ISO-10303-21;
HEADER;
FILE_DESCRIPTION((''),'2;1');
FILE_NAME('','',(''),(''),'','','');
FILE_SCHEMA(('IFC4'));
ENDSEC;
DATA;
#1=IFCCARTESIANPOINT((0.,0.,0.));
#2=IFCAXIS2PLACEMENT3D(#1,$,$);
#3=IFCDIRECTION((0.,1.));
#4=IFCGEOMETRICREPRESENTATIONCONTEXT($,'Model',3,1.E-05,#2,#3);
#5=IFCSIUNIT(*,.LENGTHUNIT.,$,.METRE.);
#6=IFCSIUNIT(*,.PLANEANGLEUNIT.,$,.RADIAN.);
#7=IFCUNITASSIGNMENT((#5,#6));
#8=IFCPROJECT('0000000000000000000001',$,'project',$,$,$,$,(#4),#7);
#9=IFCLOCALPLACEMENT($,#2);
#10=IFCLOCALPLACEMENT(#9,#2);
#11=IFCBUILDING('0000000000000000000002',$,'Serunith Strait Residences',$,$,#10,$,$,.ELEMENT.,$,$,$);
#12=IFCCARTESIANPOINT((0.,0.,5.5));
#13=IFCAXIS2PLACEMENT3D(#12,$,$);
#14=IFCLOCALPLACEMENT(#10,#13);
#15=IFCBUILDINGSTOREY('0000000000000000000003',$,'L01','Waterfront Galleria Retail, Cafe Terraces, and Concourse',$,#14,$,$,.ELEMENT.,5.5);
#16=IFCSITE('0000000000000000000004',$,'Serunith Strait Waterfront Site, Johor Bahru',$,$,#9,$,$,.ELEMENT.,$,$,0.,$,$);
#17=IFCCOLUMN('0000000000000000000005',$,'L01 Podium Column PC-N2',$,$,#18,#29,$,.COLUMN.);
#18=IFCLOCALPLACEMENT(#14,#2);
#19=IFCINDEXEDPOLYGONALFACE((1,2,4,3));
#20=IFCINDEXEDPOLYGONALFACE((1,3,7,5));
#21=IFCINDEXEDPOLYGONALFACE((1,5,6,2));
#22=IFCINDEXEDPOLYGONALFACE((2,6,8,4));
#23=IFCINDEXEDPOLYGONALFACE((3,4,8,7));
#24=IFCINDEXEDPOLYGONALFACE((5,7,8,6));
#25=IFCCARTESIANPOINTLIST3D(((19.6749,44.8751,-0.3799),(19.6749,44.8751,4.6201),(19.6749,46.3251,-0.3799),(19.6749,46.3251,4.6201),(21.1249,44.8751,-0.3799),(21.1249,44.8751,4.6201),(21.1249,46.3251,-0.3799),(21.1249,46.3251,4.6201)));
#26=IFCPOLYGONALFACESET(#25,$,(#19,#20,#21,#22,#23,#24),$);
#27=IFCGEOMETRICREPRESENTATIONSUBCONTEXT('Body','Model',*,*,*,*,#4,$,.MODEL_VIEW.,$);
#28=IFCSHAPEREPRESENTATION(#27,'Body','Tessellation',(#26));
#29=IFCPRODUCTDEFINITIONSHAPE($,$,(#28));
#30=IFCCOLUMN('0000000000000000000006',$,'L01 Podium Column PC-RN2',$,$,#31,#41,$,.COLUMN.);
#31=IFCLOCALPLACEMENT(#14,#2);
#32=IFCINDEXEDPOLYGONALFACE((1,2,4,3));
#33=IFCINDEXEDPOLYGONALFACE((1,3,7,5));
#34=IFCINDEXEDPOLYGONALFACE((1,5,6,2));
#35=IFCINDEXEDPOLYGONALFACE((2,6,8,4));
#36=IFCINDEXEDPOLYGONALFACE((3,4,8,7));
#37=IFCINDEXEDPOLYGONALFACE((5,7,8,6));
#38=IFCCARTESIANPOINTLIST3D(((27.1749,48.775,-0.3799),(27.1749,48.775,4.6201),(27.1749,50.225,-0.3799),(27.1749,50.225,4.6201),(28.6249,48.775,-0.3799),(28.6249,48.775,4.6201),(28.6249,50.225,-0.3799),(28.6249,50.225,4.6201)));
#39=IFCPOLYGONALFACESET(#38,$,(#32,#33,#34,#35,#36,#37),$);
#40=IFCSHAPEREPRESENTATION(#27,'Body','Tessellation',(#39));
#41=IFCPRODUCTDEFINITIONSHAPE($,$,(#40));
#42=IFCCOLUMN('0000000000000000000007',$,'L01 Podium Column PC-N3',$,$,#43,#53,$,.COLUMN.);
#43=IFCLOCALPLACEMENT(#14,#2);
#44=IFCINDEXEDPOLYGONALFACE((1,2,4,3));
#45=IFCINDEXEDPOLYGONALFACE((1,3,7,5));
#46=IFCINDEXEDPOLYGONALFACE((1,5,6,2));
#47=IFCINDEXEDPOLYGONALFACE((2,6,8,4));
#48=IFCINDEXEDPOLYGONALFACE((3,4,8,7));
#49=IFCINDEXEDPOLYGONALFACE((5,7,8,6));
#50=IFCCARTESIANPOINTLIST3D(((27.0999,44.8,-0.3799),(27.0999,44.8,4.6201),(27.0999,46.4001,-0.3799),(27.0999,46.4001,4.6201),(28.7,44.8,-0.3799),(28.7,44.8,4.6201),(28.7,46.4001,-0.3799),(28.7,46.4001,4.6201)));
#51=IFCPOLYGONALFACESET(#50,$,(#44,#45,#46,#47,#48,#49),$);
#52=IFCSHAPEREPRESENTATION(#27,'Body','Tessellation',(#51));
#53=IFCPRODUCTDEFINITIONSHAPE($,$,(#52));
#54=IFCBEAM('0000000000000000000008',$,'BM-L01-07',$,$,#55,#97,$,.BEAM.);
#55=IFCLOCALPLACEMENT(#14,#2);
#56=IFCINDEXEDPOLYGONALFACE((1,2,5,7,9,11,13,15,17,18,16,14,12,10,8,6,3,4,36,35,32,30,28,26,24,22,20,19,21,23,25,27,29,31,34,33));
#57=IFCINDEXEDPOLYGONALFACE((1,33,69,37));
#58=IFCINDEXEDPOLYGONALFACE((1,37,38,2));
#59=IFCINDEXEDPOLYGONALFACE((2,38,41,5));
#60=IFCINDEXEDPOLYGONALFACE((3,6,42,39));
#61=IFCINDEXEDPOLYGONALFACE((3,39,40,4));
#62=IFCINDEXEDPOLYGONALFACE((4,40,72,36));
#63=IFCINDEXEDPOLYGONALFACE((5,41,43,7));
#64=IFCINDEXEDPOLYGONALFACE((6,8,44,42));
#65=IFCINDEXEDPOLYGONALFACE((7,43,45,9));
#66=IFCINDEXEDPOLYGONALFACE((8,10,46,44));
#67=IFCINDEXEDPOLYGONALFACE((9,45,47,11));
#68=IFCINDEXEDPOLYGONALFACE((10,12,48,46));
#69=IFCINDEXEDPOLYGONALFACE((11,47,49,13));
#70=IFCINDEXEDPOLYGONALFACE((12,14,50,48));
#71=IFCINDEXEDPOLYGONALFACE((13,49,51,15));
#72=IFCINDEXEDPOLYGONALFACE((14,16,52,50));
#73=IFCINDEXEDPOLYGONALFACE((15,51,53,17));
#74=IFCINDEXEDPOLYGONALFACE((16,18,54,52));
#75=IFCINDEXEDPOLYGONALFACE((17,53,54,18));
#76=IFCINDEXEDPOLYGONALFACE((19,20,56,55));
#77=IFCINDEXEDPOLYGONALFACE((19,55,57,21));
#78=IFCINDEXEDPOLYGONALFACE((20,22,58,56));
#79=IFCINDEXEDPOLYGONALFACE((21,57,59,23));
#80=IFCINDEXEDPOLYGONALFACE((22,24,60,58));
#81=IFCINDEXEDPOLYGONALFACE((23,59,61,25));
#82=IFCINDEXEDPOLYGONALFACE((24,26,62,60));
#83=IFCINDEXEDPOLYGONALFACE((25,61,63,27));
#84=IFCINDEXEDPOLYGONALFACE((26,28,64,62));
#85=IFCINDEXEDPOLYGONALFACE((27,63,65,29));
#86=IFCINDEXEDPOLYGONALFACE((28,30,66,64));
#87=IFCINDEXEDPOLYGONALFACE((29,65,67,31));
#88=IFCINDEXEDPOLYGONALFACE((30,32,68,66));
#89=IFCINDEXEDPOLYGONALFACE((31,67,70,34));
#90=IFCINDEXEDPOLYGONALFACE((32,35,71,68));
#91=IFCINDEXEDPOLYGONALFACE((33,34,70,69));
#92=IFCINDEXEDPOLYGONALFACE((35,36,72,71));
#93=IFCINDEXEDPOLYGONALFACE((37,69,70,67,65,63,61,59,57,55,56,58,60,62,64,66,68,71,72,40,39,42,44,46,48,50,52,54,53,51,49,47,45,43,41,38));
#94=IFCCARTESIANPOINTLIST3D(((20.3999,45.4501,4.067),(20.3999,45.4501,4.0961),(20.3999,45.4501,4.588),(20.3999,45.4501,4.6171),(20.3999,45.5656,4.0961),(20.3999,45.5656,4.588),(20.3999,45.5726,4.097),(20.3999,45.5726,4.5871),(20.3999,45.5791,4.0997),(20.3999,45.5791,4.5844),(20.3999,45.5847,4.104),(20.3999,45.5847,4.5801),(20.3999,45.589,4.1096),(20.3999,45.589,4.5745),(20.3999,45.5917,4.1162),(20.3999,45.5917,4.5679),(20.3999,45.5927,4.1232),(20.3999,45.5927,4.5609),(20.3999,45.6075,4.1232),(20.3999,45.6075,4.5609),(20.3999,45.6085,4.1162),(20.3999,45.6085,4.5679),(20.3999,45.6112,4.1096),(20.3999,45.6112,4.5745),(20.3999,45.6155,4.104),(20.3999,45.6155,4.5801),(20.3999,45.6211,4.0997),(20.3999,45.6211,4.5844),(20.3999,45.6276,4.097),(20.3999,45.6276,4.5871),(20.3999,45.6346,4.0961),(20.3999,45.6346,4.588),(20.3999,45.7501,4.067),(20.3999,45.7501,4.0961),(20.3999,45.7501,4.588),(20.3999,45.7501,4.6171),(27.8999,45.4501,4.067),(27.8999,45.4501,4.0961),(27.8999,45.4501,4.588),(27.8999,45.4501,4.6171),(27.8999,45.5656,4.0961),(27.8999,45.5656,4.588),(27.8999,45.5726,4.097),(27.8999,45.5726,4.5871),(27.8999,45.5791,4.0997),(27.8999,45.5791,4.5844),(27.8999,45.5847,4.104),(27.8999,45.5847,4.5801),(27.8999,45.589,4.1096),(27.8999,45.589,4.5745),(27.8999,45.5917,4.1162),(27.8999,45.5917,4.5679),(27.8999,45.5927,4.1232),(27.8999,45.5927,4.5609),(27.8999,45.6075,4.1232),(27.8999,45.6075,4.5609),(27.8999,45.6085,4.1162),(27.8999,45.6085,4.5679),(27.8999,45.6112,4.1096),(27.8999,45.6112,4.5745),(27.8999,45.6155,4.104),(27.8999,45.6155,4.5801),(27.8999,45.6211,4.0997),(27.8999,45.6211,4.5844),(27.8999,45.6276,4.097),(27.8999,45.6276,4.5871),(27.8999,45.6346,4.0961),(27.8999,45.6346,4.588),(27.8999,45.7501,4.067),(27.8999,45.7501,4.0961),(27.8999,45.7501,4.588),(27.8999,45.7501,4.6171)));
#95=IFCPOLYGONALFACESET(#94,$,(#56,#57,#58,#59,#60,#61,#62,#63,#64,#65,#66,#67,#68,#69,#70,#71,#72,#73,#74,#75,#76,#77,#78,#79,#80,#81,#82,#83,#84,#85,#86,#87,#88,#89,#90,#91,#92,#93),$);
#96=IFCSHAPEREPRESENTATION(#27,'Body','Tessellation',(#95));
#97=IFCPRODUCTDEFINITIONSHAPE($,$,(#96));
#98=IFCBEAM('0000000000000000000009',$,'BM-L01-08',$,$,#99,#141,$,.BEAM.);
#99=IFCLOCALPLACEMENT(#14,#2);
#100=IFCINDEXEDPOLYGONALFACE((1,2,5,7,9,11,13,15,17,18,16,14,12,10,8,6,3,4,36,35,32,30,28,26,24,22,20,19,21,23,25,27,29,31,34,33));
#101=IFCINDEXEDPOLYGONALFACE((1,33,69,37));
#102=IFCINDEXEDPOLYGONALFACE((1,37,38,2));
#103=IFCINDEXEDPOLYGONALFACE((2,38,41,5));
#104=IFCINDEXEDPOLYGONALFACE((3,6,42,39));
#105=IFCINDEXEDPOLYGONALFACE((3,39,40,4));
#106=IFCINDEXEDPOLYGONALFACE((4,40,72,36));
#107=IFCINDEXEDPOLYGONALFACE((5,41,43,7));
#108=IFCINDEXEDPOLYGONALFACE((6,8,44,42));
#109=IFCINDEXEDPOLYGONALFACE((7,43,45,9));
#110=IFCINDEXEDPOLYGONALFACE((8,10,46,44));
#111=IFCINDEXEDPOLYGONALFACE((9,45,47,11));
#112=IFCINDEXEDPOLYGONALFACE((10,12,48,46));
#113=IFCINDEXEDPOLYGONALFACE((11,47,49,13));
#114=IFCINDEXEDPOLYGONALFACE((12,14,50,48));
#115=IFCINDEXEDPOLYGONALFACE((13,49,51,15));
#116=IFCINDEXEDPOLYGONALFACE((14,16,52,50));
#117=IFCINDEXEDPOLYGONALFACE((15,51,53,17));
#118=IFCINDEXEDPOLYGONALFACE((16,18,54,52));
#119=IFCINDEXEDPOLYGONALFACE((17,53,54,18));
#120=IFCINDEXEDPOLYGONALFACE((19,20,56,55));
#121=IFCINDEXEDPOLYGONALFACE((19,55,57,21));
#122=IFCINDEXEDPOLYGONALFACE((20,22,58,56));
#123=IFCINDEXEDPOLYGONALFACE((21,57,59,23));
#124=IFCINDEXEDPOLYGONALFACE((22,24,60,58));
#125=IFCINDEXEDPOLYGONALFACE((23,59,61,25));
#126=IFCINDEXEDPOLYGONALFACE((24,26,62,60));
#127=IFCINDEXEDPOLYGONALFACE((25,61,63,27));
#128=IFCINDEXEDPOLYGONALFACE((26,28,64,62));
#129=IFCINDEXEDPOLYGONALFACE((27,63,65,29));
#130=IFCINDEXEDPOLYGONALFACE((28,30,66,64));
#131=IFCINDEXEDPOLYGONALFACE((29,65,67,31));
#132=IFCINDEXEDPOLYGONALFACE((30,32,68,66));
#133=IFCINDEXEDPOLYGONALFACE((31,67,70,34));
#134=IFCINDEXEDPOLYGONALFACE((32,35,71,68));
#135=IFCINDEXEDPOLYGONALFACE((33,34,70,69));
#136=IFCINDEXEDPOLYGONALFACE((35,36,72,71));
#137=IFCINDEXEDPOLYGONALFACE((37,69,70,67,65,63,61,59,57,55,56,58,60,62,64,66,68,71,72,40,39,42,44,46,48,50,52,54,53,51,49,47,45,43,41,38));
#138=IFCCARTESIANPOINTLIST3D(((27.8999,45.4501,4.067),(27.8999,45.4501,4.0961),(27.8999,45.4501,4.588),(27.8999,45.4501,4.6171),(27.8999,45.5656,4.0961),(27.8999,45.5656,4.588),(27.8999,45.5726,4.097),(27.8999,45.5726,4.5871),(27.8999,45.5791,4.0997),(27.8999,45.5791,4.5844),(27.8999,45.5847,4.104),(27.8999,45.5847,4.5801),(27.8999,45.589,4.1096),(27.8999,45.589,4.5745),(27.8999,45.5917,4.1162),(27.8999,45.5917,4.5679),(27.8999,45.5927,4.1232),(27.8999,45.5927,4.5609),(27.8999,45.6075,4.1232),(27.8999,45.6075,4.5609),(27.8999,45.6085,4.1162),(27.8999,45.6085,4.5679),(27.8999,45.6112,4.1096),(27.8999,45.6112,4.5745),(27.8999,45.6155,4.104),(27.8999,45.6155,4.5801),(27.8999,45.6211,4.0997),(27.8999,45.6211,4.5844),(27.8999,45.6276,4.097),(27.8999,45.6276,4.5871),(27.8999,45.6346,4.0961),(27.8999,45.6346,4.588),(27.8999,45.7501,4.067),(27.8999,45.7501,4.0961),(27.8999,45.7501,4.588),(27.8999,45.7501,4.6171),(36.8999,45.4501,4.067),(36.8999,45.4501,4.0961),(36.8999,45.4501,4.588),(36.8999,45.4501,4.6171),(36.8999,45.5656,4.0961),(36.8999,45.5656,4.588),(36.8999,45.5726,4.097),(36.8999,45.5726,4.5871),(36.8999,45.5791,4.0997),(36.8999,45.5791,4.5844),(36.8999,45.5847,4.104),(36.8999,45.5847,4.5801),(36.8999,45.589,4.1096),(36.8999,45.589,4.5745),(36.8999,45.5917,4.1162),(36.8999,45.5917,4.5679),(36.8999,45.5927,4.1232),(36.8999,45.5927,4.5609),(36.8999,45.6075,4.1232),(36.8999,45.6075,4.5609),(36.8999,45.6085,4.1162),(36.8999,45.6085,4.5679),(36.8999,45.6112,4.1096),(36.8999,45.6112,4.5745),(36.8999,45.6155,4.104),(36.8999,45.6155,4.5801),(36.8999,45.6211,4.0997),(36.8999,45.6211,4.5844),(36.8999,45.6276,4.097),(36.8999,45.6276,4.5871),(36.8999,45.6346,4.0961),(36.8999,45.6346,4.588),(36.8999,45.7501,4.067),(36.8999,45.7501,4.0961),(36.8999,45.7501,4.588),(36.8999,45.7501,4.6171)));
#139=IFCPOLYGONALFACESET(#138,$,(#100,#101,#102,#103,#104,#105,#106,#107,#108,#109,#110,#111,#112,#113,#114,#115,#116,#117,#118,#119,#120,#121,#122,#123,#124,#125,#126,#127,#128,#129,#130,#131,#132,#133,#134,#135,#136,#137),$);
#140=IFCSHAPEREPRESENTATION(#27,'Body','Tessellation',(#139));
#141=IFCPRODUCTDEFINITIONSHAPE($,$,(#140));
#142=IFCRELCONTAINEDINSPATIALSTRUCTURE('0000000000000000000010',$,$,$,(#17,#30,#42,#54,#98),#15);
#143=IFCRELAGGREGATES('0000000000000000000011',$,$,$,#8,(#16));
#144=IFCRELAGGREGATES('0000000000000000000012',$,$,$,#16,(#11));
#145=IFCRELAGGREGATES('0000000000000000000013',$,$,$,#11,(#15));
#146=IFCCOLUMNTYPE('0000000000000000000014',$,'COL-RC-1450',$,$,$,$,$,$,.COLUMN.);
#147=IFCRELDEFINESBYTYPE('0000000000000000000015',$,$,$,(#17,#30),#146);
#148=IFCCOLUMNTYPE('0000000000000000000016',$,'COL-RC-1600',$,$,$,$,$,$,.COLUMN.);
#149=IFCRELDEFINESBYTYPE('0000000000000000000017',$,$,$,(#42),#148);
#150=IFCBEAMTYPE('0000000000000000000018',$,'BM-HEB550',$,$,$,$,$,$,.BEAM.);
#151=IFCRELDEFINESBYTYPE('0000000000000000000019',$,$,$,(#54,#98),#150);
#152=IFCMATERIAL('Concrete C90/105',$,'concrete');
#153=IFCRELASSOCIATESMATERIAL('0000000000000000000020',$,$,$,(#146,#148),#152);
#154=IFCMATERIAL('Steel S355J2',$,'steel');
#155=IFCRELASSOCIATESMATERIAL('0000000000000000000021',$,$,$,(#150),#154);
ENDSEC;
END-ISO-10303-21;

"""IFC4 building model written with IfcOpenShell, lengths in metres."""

from ifc_helpers import new_model, si_unit, direction, frame, origin, origin_2d, place, context, subcontext, project, spatial, rectangle, i_section, extrude, source, transform, mapped, material, material_profile, profile_set, type_object, element, save


model = new_model("IFC4")

# Units and contexts
model_context = context("Model", 3, precision=1e-05, world=origin(), true_north=direction((0.0, 1.0)))
body_context = subcontext(model_context, "Body", "Model", "MODEL_VIEW")
ifc_project = project(units=[si_unit("LENGTHUNIT", "METRE"), si_unit("PLANEANGLEUNIT", "RADIAN")], contexts=[model_context])

# Site, building, storey
site_placement = place(None, origin())
site = spatial("IfcSite", under=ifc_project, at=site_placement, Name="Serunith Strait Waterfront Site, Johor Bahru", CompositionType="ELEMENT", RefElevation=0.0)
building_placement = place(site_placement, origin())
building = spatial("IfcBuilding", under=site, at=building_placement, Name="Serunith Strait Residences", CompositionType="ELEMENT")
storey_placement = place(building_placement, frame((0.0, 0.0, 5.5)))
storey = spatial("IfcBuildingStorey", under=building, at=storey_placement, Name="L01", Description="Waterfront Galleria Retail, Cafe Terraces, and Concourse", CompositionType="ELEMENT", Elevation=5.5)

# Columns
ifc_material_1 = material(Name="Concrete C90/105", Category="concrete")
ifc_material_profile_1 = material_profile(ifc_material_1, rectangle(XDim=1.45, YDim=1.45, at=origin_2d()), Name="RC 1450x1450")
ifc_profile_set_1 = profile_set([ifc_material_profile_1], Name="Concrete C90/105")
column_type_1 = type_object("IfcColumnType", Name="COL-RC-1450", PredefinedType="COLUMN", material=ifc_profile_set_1)
shared_shape_1 = source(origin(), body_context, "Body", "SweptSolid", [
    extrude(rectangle(XDim=1.45, YDim=1.45, at=origin_2d()), origin(), (0.0, 0.0, 1.0), 5.0),
])
for number, where, z_axis, x_axis, name in (
    (1, (20.3999, 45.6001, -0.3799), (0.0, 0.0, 1.0), (1.0, 0.0, 0.0), "L01 Podium Column PC-N2"),
    (2, (27.8999, 49.5, -0.3799), (0.0, 0.0, 1.0), (1.0, 0.0, 0.0), "L01 Podium Column PC-RN2"),
):
    element("IfcColumn", number, at=place(storey_placement, frame(where, z_axis=z_axis, x_axis=x_axis)), inside=storey, type_object=column_type_1, Name=name, PredefinedType="COLUMN", context=body_context, shape_type="MappedRepresentation", body=[
        mapped(shared_shape_1, transform((0.0, 0.0, 0.0), scale=1.0)),
    ])
ifc_material_profile_2 = material_profile(ifc_material_1, rectangle(XDim=1.6001, YDim=1.6001, at=origin_2d()), Name="RC 1600x1600")
ifc_profile_set_2 = profile_set([ifc_material_profile_2], Name="Concrete C90/105")
column_type_2 = type_object("IfcColumnType", Name="COL-RC-1600", PredefinedType="COLUMN", material=ifc_profile_set_2)
shared_shape_2 = source(origin(), body_context, "Body", "SweptSolid", [
    extrude(rectangle(XDim=1.6001, YDim=1.6001, at=origin_2d()), origin(), (0.0, 0.0, 1.0), 5.0),
])
column_placement = place(storey_placement, frame((27.8999, 45.6001, -0.3799), z_axis=(0.0, 0.0, 1.0), x_axis=(1.0, 0.0, 0.0)))
element("IfcColumn", 3, at=column_placement, inside=storey, type_object=column_type_2, Name="L01 Podium Column PC-N3", PredefinedType="COLUMN", context=body_context, shape_type="MappedRepresentation", body=[
    mapped(shared_shape_2, transform((0.0, 0.0, 0.0), scale=1.0)),
])

# Beams
ifc_material_2 = material(Name="Steel S355J2", Category="steel")
ifc_material_profile_3 = material_profile(ifc_material_2, i_section(OverallWidth=0.3, OverallDepth=0.55, WebThickness=0.0149, FlangeThickness=0.0291, FilletRadius=0.0271, at=origin_2d()), Name="HEB 550")
ifc_profile_set_3 = profile_set([ifc_material_profile_3], Name="Steel S355J2")
beam_type = type_object("IfcBeamType", Name="BM-HEB550", PredefinedType="BEAM", material=ifc_profile_set_3)
shared_shape_3 = source(origin(), body_context, "Body", "SweptSolid", [
    extrude(i_section(OverallWidth=0.3, OverallDepth=0.55, WebThickness=0.0149, FlangeThickness=0.0291, FilletRadius=0.0271, at=origin_2d()), origin(), (0.0, 0.0, 1.0), 7.5),
])
beam_1_placement = place(storey_placement, frame((20.3999, 45.6001, 4.342), z_axis=(1.0, 0.0, 0.0), x_axis=(0.0, 1.0, 0.0)))
element("IfcBeam", 4, at=beam_1_placement, inside=storey, type_object=beam_type, Name="BM-L01-07", PredefinedType="BEAM", context=body_context, shape_type="MappedRepresentation", body=[
    mapped(shared_shape_3, transform((0.0, 0.0, 0.0), scale=1.0)),
])
shared_shape_4 = source(origin(), body_context, "Body", "SweptSolid", [
    extrude(i_section(OverallWidth=0.3, OverallDepth=0.55, WebThickness=0.0149, FlangeThickness=0.0291, FilletRadius=0.0271, at=origin_2d()), origin(), (0.0, 0.0, 1.0), 9.0),
])
beam_2_placement = place(storey_placement, frame((27.8999, 45.6001, 4.342), z_axis=(1.0, 0.0, 0.0), x_axis=(0.0, 1.0, 0.0)))
element("IfcBeam", 5, at=beam_2_placement, inside=storey, type_object=beam_type, Name="BM-L01-08", PredefinedType="BEAM", context=body_context, shape_type="MappedRepresentation", body=[
    mapped(shared_shape_4, transform((0.0, 0.0, 0.0), scale=1.0)),
])

save(model, "model.ifc")
